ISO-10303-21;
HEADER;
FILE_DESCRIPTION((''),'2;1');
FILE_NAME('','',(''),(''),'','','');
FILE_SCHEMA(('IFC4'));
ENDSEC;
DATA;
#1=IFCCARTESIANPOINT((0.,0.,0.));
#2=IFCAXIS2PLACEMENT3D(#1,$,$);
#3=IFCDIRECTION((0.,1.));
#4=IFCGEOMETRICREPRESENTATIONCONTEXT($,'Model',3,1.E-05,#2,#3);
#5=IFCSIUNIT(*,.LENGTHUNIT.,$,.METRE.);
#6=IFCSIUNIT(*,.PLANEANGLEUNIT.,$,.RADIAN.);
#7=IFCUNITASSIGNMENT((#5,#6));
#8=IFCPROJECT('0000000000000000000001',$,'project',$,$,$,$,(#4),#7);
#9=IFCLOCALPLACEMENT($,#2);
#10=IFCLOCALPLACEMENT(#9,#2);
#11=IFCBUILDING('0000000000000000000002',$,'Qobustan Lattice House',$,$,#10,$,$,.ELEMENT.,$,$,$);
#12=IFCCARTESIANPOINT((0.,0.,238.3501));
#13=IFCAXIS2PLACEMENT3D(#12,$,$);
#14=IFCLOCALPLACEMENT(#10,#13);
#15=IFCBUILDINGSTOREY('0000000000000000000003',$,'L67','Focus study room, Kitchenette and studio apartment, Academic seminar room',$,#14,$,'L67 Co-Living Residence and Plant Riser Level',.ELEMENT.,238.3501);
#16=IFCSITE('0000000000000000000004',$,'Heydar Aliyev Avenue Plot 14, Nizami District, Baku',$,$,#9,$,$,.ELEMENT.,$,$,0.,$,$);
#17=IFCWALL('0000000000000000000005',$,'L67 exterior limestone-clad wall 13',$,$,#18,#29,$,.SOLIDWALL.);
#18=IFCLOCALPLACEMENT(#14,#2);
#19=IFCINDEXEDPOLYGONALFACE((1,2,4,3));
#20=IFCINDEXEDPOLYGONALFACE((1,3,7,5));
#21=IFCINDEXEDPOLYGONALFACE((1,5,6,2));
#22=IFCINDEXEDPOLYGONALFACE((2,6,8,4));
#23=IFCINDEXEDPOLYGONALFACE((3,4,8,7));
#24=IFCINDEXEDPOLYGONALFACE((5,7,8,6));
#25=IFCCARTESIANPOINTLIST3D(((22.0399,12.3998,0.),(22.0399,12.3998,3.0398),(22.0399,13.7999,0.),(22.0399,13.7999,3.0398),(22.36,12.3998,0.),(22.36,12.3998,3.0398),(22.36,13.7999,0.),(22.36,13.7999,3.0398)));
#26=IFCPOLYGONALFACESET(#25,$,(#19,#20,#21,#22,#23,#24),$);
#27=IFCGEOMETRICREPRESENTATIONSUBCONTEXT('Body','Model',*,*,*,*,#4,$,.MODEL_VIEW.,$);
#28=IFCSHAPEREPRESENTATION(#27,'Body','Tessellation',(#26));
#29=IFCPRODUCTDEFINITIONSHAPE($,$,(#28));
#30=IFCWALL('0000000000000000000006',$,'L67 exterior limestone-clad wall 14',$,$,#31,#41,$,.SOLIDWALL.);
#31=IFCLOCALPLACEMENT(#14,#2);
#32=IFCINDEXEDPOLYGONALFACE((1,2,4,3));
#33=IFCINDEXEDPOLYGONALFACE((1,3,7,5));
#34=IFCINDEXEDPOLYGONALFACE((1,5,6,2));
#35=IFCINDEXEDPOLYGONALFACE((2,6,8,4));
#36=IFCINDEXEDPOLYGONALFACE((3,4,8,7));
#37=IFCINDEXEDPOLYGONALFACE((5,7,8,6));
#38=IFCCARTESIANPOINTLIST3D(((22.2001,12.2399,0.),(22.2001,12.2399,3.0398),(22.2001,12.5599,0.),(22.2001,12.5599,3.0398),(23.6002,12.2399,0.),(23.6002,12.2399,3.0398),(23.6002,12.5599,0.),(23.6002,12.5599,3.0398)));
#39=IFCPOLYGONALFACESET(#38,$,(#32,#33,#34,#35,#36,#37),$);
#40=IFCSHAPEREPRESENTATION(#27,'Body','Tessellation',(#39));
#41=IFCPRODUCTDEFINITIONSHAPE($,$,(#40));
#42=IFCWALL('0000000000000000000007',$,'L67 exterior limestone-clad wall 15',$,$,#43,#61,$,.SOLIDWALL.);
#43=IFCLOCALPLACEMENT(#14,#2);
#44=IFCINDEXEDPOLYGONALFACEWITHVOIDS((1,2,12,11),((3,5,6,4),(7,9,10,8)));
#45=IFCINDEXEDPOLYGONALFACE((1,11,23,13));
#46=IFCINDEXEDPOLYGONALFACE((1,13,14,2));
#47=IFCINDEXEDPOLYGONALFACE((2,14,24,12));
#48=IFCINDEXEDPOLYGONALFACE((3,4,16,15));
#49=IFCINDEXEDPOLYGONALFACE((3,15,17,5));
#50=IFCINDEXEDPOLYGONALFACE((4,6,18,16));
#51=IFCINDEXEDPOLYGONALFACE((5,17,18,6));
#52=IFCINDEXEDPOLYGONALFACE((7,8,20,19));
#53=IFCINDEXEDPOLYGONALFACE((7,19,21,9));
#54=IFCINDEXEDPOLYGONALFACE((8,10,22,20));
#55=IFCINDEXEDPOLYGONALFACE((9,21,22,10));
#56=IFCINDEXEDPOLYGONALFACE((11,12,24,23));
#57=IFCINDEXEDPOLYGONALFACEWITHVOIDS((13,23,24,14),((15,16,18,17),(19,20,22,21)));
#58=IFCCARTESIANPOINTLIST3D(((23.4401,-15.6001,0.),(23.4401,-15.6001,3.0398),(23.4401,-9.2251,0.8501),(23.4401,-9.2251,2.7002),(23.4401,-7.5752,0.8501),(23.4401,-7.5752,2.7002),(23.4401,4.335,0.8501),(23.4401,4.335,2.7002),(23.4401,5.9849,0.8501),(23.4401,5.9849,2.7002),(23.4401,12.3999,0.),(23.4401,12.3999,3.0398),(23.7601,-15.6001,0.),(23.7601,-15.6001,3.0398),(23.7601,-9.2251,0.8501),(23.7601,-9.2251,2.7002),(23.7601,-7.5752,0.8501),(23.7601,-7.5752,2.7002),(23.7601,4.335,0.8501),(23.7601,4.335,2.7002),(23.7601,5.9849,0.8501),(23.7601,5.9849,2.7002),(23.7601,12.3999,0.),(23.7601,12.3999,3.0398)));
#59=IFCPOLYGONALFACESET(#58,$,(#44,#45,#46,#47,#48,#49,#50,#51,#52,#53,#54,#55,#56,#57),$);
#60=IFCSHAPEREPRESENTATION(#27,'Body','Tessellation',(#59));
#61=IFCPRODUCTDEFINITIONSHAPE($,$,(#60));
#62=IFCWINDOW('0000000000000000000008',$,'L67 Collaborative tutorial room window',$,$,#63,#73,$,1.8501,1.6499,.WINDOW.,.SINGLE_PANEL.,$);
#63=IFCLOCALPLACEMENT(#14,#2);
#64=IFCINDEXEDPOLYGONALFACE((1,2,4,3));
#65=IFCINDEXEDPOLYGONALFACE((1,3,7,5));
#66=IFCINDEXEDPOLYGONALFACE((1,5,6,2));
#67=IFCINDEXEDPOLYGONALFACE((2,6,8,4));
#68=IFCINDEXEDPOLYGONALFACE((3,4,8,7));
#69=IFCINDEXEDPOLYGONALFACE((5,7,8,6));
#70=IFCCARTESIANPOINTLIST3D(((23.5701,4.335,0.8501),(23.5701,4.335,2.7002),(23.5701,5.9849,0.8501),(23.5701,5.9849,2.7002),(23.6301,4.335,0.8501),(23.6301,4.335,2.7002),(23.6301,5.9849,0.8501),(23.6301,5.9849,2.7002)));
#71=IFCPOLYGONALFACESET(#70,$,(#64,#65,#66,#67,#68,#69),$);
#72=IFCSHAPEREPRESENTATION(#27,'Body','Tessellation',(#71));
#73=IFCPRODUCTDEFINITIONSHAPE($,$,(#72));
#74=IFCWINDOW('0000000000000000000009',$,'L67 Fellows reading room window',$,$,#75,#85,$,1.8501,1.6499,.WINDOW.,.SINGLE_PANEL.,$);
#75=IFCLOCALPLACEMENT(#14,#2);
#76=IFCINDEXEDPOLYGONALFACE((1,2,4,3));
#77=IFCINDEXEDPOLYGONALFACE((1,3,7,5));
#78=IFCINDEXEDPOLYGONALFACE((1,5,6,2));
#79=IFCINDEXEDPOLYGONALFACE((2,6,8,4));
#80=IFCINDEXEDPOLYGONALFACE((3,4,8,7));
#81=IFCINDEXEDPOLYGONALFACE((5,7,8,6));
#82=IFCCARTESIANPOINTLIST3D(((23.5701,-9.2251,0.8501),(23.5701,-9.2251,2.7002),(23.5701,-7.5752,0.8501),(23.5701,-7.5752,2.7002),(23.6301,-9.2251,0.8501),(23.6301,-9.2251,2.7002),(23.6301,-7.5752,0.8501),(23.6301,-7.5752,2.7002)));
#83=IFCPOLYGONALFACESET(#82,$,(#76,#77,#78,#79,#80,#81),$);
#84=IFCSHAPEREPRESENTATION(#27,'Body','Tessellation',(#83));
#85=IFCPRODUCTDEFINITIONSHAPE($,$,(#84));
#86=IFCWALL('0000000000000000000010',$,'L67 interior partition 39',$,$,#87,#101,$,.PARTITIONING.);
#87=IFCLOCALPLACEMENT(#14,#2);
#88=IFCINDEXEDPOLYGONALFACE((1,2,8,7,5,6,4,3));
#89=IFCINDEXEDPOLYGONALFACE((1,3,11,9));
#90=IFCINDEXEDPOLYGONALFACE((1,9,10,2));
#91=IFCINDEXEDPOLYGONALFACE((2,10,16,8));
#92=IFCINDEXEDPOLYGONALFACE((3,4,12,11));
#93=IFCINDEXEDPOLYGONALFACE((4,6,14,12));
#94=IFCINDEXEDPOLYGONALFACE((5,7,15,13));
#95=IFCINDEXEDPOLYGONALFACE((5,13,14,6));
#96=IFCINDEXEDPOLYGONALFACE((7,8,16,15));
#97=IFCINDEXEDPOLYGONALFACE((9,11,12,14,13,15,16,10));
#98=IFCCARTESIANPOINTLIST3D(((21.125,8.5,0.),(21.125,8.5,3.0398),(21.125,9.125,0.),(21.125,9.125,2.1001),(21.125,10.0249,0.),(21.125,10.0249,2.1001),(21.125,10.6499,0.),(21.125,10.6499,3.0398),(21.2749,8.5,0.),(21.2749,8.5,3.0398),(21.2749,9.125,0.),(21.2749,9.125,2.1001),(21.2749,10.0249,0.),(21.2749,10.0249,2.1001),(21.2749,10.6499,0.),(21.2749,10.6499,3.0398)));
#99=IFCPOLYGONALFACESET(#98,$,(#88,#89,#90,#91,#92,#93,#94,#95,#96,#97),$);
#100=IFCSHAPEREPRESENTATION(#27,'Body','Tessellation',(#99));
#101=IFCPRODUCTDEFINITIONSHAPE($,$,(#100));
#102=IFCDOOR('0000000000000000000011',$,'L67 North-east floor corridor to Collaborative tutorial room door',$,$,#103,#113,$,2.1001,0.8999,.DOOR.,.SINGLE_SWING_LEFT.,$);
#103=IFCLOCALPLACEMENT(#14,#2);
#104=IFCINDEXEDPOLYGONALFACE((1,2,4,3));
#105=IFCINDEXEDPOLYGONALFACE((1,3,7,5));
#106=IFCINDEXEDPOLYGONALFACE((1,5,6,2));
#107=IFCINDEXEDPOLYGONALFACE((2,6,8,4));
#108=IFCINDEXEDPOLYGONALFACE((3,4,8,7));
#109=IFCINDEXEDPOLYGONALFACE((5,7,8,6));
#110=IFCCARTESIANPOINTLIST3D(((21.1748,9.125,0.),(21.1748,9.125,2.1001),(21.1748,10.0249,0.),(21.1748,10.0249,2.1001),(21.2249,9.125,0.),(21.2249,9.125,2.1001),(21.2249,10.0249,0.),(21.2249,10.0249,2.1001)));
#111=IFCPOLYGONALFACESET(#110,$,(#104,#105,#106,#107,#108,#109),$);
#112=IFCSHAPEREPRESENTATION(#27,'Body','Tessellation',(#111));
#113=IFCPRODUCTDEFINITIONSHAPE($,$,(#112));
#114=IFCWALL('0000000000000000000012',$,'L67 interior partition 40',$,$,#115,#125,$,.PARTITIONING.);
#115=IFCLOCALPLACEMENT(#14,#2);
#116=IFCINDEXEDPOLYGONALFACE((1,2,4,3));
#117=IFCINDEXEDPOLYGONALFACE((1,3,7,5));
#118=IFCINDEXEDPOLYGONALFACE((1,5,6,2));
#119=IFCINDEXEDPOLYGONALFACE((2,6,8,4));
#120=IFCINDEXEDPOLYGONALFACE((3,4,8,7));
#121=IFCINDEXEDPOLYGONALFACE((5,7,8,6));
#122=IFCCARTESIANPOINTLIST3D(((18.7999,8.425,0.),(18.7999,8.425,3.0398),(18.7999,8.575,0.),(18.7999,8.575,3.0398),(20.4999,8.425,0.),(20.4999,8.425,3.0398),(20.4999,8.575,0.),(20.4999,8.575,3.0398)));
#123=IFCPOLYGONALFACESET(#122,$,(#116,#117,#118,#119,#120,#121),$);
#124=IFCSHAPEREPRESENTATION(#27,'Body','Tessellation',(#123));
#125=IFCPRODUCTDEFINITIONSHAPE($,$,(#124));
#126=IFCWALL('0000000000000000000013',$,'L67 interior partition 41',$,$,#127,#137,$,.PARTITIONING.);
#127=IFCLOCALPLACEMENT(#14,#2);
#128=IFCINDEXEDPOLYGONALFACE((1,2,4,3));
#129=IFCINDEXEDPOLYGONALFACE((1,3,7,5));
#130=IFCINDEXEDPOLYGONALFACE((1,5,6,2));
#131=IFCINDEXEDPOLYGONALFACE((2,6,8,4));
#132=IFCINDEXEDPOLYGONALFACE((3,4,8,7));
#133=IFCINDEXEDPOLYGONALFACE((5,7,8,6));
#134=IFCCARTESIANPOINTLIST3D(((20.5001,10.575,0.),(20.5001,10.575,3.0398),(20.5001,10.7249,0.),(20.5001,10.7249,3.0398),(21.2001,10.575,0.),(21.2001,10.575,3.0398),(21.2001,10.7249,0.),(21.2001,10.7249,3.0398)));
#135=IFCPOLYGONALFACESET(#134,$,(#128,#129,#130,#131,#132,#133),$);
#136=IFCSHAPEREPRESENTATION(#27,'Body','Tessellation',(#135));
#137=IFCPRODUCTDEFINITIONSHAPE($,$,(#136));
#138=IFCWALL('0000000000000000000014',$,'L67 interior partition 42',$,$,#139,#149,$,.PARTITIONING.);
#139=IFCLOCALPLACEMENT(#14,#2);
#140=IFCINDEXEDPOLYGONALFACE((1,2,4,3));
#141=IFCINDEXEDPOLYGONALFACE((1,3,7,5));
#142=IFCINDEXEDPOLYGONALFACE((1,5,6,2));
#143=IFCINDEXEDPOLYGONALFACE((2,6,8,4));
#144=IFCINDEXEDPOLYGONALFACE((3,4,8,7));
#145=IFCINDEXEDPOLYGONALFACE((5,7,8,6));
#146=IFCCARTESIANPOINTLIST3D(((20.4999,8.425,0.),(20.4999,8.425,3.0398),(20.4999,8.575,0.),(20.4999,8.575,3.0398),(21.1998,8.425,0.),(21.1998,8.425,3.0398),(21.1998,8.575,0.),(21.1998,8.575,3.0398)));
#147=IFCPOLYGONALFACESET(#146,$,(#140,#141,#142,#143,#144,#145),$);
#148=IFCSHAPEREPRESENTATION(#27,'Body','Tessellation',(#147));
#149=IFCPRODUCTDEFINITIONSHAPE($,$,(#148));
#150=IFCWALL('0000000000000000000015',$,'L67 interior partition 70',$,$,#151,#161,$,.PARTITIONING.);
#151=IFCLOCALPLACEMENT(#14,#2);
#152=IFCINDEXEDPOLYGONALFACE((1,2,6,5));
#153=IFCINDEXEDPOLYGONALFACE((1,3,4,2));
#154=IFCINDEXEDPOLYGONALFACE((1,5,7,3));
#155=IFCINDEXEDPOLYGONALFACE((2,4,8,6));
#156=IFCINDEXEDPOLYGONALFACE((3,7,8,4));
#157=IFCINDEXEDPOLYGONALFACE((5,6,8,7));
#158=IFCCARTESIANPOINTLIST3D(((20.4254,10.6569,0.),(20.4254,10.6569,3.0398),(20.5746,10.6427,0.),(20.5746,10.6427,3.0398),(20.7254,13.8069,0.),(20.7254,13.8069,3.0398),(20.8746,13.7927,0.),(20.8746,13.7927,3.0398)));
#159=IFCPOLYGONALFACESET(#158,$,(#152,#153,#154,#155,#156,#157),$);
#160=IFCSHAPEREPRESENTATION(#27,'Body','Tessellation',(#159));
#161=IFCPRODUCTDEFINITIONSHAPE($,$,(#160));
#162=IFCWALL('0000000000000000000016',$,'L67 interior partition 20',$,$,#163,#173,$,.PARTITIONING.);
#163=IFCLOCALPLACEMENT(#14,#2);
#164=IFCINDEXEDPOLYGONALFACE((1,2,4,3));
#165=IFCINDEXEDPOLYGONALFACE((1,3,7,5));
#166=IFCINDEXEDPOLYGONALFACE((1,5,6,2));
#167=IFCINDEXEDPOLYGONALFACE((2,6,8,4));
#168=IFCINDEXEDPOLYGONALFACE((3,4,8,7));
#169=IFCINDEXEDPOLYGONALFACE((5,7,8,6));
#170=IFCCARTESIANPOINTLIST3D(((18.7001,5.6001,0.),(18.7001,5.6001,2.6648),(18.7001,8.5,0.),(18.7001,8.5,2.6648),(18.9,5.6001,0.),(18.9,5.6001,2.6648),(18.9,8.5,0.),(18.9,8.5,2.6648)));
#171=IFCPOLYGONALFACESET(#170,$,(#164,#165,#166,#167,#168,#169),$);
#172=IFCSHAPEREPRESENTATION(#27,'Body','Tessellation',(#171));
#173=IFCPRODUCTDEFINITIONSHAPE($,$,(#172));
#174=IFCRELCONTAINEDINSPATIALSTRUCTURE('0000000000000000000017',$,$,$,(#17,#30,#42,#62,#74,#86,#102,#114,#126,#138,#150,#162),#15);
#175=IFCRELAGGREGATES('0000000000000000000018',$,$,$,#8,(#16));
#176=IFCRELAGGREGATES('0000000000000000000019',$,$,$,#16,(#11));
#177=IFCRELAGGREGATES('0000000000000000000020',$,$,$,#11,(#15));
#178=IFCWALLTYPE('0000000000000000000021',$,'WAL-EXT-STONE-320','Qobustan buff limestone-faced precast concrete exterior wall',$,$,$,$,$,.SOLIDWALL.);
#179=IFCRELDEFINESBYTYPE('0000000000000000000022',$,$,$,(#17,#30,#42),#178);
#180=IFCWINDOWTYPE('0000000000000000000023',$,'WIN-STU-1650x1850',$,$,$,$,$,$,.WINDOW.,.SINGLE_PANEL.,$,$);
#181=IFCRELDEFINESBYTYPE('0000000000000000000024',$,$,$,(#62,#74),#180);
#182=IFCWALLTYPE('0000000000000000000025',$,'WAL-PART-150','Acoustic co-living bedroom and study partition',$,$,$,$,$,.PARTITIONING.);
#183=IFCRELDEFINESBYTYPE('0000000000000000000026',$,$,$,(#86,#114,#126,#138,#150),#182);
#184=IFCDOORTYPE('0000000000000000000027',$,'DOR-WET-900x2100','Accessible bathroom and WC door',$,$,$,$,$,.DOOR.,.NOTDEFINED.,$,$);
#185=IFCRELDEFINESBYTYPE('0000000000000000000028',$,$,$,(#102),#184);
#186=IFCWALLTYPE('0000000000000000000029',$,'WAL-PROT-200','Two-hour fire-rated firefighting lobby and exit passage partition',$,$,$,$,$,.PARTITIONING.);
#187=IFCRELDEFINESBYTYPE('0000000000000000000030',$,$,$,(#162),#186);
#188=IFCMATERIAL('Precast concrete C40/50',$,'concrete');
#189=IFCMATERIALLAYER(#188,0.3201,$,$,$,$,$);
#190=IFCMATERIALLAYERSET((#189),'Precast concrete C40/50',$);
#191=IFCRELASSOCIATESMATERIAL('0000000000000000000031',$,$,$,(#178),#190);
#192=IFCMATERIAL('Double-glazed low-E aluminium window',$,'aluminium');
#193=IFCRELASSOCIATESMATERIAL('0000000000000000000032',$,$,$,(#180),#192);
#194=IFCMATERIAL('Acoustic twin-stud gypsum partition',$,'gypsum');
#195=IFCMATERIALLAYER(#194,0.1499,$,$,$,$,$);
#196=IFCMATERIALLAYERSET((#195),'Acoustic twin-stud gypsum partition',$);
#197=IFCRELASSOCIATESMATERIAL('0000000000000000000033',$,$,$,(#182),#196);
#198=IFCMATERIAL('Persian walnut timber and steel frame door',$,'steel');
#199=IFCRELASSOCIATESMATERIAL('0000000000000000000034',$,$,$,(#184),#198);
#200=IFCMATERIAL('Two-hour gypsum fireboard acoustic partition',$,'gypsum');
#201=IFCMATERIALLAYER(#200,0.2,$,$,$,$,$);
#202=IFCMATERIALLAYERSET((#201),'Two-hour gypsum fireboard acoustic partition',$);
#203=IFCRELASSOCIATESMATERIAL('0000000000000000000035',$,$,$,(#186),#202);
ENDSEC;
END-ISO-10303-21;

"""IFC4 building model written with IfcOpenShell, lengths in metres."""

from ifc_helpers import new_model, si_unit, direction, frame, frame_2d, origin, place, context, subcontext, project, spatial, rectangle, extrude, material, layer, layer_set, type_object, element, fill, save


model = new_model("IFC4")

# Units and contexts
model_context = context("Model", 3, precision=1e-05, world=origin(), true_north=direction((0.0, 1.0)))
body_context = subcontext(model_context, "Body", "Model", "MODEL_VIEW")
ifc_project = project(units=[si_unit("LENGTHUNIT", "METRE"), si_unit("PLANEANGLEUNIT", "RADIAN")], contexts=[model_context])

# Site, building, storey
site_placement = place(None, origin())
site = spatial("IfcSite", under=ifc_project, at=site_placement, Name="Heydar Aliyev Avenue Plot 14, Nizami District, Baku", CompositionType="ELEMENT", RefElevation=0.0)
building_placement = place(site_placement, origin())
building = spatial("IfcBuilding", under=site, at=building_placement, Name="Qobustan Lattice House", CompositionType="ELEMENT")
storey_placement = place(building_placement, frame((0.0, 0.0, 238.3501)))
storey = spatial("IfcBuildingStorey", under=building, at=storey_placement, Name="L67", Description="Focus study room, Kitchenette and studio apartment, Academic seminar room", LongName="L67 Co-Living Residence and Plant Riser Level", CompositionType="ELEMENT", Elevation=238.3501)

# Walls
ifc_material_1 = material(Name="Precast concrete C40/50", Category="concrete")
ifc_layer_1 = layer(ifc_material_1, 0.3201)
ifc_layer_set_1 = layer_set([ifc_layer_1], Name="Precast concrete C40/50")
wall_type_1 = type_object("IfcWallType", Name="WAL-EXT-STONE-320", Description="Qobustan buff limestone-faced precast concrete exterior wall", PredefinedType="SOLIDWALL", material=ifc_layer_set_1)
for number, where, z_axis, x_axis, name in (
    (1, (22.2, 13.8, 0.0), (0.0, 0.0, 1.0), (0.0, -1.0, 0.0), "L67 exterior limestone-clad wall 13"),
    (2, (22.2, 12.3999, 0.0), (0.0, 0.0, 1.0), (1.0, 0.0, 0.0), "L67 exterior limestone-clad wall 14"),
):
    element("IfcWall", number, at=place(storey_placement, frame(where, z_axis=z_axis, x_axis=x_axis)), inside=storey, type_object=wall_type_1, Name=name, PredefinedType="SOLIDWALL", context=body_context, shape_type="SweptSolid", body=[
        extrude(rectangle(XDim=1.4001, YDim=0.3201, at=frame_2d((0.7002, 0.0))), origin(), (0.0, 0.0, 1.0), 3.0398),
    ])

# Wall, openings, windows
wall_1_placement = place(storey_placement, frame((23.6001, 12.3999, 0.0), z_axis=(0.0, 0.0, 1.0), x_axis=(0.0, -1.0, 0.0)))
wall_1 = element("IfcWall", 3, at=wall_1_placement, inside=storey, type_object=wall_type_1, Name="L67 exterior limestone-clad wall 15", PredefinedType="SOLIDWALL", context=body_context, shape_type="SweptSolid", body=[
    extrude(rectangle(XDim=28.0, YDim=0.3201, at=frame_2d((14.0, 0.0))), origin(), (0.0, 0.0, 1.0), 3.0398),
])
opening_1_placement = place(wall_1_placement, frame((6.415, 0.0, 0.8501)))
opening_1 = element("IfcOpeningElement", 4, at=opening_1_placement, cuts=wall_1, PredefinedType="OPENING", context=body_context, shape_type="SweptSolid", body=[
    extrude(rectangle(XDim=1.6499, YDim=1.8501, at=frame_2d((0.825, 0.925))), frame((0.0, 0.1699, 0.0), z_axis=(0.0, -1.0, 0.0), x_axis=(1.0, 0.0, 0.0)), (0.0, 0.0, 1.0), 0.3401),
])
opening_2_placement = place(wall_1_placement, frame((19.9751, 0.0, 0.8501)))
opening_2 = element("IfcOpeningElement", 5, at=opening_2_placement, cuts=wall_1, PredefinedType="OPENING", context=body_context, shape_type="SweptSolid", body=[
    extrude(rectangle(XDim=1.6499, YDim=1.8501, at=frame_2d((0.825, 0.925))), frame((0.0, 0.1699, 0.0), z_axis=(0.0, -1.0, 0.0), x_axis=(1.0, 0.0, 0.0)), (0.0, 0.0, 1.0), 0.3401),
])
ifc_material_2 = material(Name="Double-glazed low-E aluminium window", Category="aluminium")
window_type = type_object("IfcWindowType", Name="WIN-STU-1650x1850", PartitioningType="SINGLE_PANEL", PredefinedType="WINDOW", material=ifc_material_2)
window_1_placement = place(opening_1_placement, origin())
window_1 = element("IfcWindow", 6, at=window_1_placement, inside=storey, type_object=window_type, Name="L67 Collaborative tutorial room window", OverallHeight=1.8501, OverallWidth=1.6499, PartitioningType="SINGLE_PANEL", PredefinedType="WINDOW", context=body_context, shape_type="SweptSolid", body=[
    extrude(rectangle(XDim=1.6499, YDim=1.8501, at=frame_2d((0.825, 0.925))), frame((0.0, 0.03, 0.0), z_axis=(0.0, -1.0, 0.0), x_axis=(1.0, 0.0, 0.0)), (0.0, 0.0, 1.0), 0.0601),
])
fill(opening_1, window_1)
window_2_placement = place(opening_2_placement, origin())
window_2 = element("IfcWindow", 7, at=window_2_placement, inside=storey, type_object=window_type, Name="L67 Fellows reading room window", OverallHeight=1.8501, OverallWidth=1.6499, PartitioningType="SINGLE_PANEL", PredefinedType="WINDOW", context=body_context, shape_type="SweptSolid", body=[
    extrude(rectangle(XDim=1.6499, YDim=1.8501, at=frame_2d((0.825, 0.925))), frame((0.0, 0.03, 0.0), z_axis=(0.0, -1.0, 0.0), x_axis=(1.0, 0.0, 0.0)), (0.0, 0.0, 1.0), 0.0601),
])
fill(opening_2, window_2)

# Wall, opening, door
ifc_material_3 = material(Name="Acoustic twin-stud gypsum partition", Category="gypsum")
ifc_layer_2 = layer(ifc_material_3, 0.1499)
ifc_layer_set_2 = layer_set([ifc_layer_2], Name="Acoustic twin-stud gypsum partition")
wall_type_2 = type_object("IfcWallType", Name="WAL-PART-150", Description="Acoustic co-living bedroom and study partition", PredefinedType="PARTITIONING", material=ifc_layer_set_2)
wall_2_placement = place(storey_placement, frame((21.2, 10.6499, 0.0), z_axis=(0.0, 0.0, 1.0), x_axis=(0.0, -1.0, 0.0)))
wall_2 = element("IfcWall", 8, at=wall_2_placement, inside=storey, type_object=wall_type_2, Name="L67 interior partition 39", PredefinedType="PARTITIONING", context=body_context, shape_type="SweptSolid", body=[
    extrude(rectangle(XDim=2.1499, YDim=0.1499, at=frame_2d((1.075, 0.0))), origin(), (0.0, 0.0, 1.0), 3.0398),
])
opening_3_placement = place(wall_2_placement, frame((0.625, 0.0, 0.0)))
opening_3 = element("IfcOpeningElement", 9, at=opening_3_placement, cuts=wall_2, PredefinedType="OPENING", context=body_context, shape_type="SweptSolid", body=[
    extrude(rectangle(XDim=0.8999, YDim=2.1001, at=frame_2d((0.45, 1.05))), frame((0.0, 0.085, 0.0), z_axis=(0.0, -1.0, 0.0), x_axis=(1.0, 0.0, 0.0)), (0.0, 0.0, 1.0), 0.1699),
])
ifc_material_4 = material(Name="Persian walnut timber and steel frame door", Category="steel")
door_type_1 = type_object("IfcDoorType", Name="DOR-WET-900x2100", Description="Accessible bathroom and WC door", OperationType="NOTDEFINED", PredefinedType="DOOR", material=ifc_material_4)
door_1_placement = place(opening_3_placement, origin())
door_1 = element("IfcDoor", 10, at=door_1_placement, inside=storey, type_object=door_type_1, Name="L67 North-east floor corridor to Collaborative tutorial room door", OperationType="SINGLE_SWING_LEFT", OverallHeight=2.1001, OverallWidth=0.8999, PredefinedType="DOOR", context=body_context, shape_type="SweptSolid", body=[
    extrude(rectangle(XDim=0.8999, YDim=2.1001, at=frame_2d((0.45, 1.05))), frame((0.0, 0.0249, 0.0), z_axis=(0.0, -1.0, 0.0), x_axis=(1.0, 0.0, 0.0)), (0.0, 0.0, 1.0), 0.05),
])
fill(opening_3, door_1)

# Walls
wall_3_placement = place(storey_placement, frame((20.5, 8.5, 0.0), z_axis=(0.0, 0.0, 1.0), x_axis=(-1.0, 0.0, 0.0)))
element("IfcWall", 11, at=wall_3_placement, inside=storey, type_object=wall_type_2, Name="L67 interior partition 40", PredefinedType="PARTITIONING", context=body_context, shape_type="SweptSolid", body=[
    extrude(rectangle(XDim=1.7, YDim=0.1499, at=frame_2d((0.8501, 0.0))), origin(), (0.0, 0.0, 1.0), 3.0398),
])
for number, where, z_axis, x_axis, name in (
    (12, (20.5, 10.6499, 0.0), (0.0, 0.0, 1.0), (1.0, 0.0, 0.0), "L67 interior partition 41"),
    (13, (21.2, 8.5, 0.0), (0.0, 0.0, 1.0), (-1.0, 0.0, 0.0), "L67 interior partition 42"),
):
    element("IfcWall", number, at=place(storey_placement, frame(where, z_axis=z_axis, x_axis=x_axis)), inside=storey, type_object=wall_type_2, Name=name, PredefinedType="PARTITIONING", context=body_context, shape_type="SweptSolid", body=[
        extrude(rectangle(XDim=0.7, YDim=0.1499, at=frame_2d((0.3501, 0.0))), origin(), (0.0, 0.0, 1.0), 3.0398),
    ])
wall_4_placement = place(storey_placement, frame((20.5, 10.6499, 0.0), z_axis=(0.0, 0.0, 1.0), x_axis=(0.09482, 0.995494, 0.0)))
element("IfcWall", 14, at=wall_4_placement, inside=storey, type_object=wall_type_2, Name="L67 interior partition 70", PredefinedType="PARTITIONING", context=body_context, shape_type="SweptSolid", body=[
    extrude(rectangle(XDim=3.1643, YDim=0.1499, at=frame_2d((1.582, 0.0))), origin(), (0.0, 0.0, 1.0), 3.0398),
])

# Shared definitions
ifc_material_5 = material(Name="Two-hour gypsum fireboard acoustic partition", Category="gypsum")
ifc_layer_3 = layer(ifc_material_5, 0.2)
ifc_layer_set_3 = layer_set([ifc_layer_3], Name="Two-hour gypsum fireboard acoustic partition")
wall_type_3 = type_object("IfcWallType", Name="WAL-PROT-200", Description="Two-hour fire-rated firefighting lobby and exit passage partition", PredefinedType="PARTITIONING", material=ifc_layer_set_3)

# Wall
wall_5_placement = place(storey_placement, frame((18.8, 5.6001, 0.0), z_axis=(0.0, 0.0, 1.0), x_axis=(0.0, 1.0, 0.0)))
element("IfcWall", 15, at=wall_5_placement, inside=storey, type_object=wall_type_3, Name="L67 interior partition 20", PredefinedType="PARTITIONING", context=body_context, shape_type="SweptSolid", body=[
    extrude(rectangle(XDim=2.8999, YDim=0.2, at=frame_2d((1.45, 0.0))), origin(), (0.0, 0.0, 1.0), 2.6648),
])

save(model, "model.ifc")
